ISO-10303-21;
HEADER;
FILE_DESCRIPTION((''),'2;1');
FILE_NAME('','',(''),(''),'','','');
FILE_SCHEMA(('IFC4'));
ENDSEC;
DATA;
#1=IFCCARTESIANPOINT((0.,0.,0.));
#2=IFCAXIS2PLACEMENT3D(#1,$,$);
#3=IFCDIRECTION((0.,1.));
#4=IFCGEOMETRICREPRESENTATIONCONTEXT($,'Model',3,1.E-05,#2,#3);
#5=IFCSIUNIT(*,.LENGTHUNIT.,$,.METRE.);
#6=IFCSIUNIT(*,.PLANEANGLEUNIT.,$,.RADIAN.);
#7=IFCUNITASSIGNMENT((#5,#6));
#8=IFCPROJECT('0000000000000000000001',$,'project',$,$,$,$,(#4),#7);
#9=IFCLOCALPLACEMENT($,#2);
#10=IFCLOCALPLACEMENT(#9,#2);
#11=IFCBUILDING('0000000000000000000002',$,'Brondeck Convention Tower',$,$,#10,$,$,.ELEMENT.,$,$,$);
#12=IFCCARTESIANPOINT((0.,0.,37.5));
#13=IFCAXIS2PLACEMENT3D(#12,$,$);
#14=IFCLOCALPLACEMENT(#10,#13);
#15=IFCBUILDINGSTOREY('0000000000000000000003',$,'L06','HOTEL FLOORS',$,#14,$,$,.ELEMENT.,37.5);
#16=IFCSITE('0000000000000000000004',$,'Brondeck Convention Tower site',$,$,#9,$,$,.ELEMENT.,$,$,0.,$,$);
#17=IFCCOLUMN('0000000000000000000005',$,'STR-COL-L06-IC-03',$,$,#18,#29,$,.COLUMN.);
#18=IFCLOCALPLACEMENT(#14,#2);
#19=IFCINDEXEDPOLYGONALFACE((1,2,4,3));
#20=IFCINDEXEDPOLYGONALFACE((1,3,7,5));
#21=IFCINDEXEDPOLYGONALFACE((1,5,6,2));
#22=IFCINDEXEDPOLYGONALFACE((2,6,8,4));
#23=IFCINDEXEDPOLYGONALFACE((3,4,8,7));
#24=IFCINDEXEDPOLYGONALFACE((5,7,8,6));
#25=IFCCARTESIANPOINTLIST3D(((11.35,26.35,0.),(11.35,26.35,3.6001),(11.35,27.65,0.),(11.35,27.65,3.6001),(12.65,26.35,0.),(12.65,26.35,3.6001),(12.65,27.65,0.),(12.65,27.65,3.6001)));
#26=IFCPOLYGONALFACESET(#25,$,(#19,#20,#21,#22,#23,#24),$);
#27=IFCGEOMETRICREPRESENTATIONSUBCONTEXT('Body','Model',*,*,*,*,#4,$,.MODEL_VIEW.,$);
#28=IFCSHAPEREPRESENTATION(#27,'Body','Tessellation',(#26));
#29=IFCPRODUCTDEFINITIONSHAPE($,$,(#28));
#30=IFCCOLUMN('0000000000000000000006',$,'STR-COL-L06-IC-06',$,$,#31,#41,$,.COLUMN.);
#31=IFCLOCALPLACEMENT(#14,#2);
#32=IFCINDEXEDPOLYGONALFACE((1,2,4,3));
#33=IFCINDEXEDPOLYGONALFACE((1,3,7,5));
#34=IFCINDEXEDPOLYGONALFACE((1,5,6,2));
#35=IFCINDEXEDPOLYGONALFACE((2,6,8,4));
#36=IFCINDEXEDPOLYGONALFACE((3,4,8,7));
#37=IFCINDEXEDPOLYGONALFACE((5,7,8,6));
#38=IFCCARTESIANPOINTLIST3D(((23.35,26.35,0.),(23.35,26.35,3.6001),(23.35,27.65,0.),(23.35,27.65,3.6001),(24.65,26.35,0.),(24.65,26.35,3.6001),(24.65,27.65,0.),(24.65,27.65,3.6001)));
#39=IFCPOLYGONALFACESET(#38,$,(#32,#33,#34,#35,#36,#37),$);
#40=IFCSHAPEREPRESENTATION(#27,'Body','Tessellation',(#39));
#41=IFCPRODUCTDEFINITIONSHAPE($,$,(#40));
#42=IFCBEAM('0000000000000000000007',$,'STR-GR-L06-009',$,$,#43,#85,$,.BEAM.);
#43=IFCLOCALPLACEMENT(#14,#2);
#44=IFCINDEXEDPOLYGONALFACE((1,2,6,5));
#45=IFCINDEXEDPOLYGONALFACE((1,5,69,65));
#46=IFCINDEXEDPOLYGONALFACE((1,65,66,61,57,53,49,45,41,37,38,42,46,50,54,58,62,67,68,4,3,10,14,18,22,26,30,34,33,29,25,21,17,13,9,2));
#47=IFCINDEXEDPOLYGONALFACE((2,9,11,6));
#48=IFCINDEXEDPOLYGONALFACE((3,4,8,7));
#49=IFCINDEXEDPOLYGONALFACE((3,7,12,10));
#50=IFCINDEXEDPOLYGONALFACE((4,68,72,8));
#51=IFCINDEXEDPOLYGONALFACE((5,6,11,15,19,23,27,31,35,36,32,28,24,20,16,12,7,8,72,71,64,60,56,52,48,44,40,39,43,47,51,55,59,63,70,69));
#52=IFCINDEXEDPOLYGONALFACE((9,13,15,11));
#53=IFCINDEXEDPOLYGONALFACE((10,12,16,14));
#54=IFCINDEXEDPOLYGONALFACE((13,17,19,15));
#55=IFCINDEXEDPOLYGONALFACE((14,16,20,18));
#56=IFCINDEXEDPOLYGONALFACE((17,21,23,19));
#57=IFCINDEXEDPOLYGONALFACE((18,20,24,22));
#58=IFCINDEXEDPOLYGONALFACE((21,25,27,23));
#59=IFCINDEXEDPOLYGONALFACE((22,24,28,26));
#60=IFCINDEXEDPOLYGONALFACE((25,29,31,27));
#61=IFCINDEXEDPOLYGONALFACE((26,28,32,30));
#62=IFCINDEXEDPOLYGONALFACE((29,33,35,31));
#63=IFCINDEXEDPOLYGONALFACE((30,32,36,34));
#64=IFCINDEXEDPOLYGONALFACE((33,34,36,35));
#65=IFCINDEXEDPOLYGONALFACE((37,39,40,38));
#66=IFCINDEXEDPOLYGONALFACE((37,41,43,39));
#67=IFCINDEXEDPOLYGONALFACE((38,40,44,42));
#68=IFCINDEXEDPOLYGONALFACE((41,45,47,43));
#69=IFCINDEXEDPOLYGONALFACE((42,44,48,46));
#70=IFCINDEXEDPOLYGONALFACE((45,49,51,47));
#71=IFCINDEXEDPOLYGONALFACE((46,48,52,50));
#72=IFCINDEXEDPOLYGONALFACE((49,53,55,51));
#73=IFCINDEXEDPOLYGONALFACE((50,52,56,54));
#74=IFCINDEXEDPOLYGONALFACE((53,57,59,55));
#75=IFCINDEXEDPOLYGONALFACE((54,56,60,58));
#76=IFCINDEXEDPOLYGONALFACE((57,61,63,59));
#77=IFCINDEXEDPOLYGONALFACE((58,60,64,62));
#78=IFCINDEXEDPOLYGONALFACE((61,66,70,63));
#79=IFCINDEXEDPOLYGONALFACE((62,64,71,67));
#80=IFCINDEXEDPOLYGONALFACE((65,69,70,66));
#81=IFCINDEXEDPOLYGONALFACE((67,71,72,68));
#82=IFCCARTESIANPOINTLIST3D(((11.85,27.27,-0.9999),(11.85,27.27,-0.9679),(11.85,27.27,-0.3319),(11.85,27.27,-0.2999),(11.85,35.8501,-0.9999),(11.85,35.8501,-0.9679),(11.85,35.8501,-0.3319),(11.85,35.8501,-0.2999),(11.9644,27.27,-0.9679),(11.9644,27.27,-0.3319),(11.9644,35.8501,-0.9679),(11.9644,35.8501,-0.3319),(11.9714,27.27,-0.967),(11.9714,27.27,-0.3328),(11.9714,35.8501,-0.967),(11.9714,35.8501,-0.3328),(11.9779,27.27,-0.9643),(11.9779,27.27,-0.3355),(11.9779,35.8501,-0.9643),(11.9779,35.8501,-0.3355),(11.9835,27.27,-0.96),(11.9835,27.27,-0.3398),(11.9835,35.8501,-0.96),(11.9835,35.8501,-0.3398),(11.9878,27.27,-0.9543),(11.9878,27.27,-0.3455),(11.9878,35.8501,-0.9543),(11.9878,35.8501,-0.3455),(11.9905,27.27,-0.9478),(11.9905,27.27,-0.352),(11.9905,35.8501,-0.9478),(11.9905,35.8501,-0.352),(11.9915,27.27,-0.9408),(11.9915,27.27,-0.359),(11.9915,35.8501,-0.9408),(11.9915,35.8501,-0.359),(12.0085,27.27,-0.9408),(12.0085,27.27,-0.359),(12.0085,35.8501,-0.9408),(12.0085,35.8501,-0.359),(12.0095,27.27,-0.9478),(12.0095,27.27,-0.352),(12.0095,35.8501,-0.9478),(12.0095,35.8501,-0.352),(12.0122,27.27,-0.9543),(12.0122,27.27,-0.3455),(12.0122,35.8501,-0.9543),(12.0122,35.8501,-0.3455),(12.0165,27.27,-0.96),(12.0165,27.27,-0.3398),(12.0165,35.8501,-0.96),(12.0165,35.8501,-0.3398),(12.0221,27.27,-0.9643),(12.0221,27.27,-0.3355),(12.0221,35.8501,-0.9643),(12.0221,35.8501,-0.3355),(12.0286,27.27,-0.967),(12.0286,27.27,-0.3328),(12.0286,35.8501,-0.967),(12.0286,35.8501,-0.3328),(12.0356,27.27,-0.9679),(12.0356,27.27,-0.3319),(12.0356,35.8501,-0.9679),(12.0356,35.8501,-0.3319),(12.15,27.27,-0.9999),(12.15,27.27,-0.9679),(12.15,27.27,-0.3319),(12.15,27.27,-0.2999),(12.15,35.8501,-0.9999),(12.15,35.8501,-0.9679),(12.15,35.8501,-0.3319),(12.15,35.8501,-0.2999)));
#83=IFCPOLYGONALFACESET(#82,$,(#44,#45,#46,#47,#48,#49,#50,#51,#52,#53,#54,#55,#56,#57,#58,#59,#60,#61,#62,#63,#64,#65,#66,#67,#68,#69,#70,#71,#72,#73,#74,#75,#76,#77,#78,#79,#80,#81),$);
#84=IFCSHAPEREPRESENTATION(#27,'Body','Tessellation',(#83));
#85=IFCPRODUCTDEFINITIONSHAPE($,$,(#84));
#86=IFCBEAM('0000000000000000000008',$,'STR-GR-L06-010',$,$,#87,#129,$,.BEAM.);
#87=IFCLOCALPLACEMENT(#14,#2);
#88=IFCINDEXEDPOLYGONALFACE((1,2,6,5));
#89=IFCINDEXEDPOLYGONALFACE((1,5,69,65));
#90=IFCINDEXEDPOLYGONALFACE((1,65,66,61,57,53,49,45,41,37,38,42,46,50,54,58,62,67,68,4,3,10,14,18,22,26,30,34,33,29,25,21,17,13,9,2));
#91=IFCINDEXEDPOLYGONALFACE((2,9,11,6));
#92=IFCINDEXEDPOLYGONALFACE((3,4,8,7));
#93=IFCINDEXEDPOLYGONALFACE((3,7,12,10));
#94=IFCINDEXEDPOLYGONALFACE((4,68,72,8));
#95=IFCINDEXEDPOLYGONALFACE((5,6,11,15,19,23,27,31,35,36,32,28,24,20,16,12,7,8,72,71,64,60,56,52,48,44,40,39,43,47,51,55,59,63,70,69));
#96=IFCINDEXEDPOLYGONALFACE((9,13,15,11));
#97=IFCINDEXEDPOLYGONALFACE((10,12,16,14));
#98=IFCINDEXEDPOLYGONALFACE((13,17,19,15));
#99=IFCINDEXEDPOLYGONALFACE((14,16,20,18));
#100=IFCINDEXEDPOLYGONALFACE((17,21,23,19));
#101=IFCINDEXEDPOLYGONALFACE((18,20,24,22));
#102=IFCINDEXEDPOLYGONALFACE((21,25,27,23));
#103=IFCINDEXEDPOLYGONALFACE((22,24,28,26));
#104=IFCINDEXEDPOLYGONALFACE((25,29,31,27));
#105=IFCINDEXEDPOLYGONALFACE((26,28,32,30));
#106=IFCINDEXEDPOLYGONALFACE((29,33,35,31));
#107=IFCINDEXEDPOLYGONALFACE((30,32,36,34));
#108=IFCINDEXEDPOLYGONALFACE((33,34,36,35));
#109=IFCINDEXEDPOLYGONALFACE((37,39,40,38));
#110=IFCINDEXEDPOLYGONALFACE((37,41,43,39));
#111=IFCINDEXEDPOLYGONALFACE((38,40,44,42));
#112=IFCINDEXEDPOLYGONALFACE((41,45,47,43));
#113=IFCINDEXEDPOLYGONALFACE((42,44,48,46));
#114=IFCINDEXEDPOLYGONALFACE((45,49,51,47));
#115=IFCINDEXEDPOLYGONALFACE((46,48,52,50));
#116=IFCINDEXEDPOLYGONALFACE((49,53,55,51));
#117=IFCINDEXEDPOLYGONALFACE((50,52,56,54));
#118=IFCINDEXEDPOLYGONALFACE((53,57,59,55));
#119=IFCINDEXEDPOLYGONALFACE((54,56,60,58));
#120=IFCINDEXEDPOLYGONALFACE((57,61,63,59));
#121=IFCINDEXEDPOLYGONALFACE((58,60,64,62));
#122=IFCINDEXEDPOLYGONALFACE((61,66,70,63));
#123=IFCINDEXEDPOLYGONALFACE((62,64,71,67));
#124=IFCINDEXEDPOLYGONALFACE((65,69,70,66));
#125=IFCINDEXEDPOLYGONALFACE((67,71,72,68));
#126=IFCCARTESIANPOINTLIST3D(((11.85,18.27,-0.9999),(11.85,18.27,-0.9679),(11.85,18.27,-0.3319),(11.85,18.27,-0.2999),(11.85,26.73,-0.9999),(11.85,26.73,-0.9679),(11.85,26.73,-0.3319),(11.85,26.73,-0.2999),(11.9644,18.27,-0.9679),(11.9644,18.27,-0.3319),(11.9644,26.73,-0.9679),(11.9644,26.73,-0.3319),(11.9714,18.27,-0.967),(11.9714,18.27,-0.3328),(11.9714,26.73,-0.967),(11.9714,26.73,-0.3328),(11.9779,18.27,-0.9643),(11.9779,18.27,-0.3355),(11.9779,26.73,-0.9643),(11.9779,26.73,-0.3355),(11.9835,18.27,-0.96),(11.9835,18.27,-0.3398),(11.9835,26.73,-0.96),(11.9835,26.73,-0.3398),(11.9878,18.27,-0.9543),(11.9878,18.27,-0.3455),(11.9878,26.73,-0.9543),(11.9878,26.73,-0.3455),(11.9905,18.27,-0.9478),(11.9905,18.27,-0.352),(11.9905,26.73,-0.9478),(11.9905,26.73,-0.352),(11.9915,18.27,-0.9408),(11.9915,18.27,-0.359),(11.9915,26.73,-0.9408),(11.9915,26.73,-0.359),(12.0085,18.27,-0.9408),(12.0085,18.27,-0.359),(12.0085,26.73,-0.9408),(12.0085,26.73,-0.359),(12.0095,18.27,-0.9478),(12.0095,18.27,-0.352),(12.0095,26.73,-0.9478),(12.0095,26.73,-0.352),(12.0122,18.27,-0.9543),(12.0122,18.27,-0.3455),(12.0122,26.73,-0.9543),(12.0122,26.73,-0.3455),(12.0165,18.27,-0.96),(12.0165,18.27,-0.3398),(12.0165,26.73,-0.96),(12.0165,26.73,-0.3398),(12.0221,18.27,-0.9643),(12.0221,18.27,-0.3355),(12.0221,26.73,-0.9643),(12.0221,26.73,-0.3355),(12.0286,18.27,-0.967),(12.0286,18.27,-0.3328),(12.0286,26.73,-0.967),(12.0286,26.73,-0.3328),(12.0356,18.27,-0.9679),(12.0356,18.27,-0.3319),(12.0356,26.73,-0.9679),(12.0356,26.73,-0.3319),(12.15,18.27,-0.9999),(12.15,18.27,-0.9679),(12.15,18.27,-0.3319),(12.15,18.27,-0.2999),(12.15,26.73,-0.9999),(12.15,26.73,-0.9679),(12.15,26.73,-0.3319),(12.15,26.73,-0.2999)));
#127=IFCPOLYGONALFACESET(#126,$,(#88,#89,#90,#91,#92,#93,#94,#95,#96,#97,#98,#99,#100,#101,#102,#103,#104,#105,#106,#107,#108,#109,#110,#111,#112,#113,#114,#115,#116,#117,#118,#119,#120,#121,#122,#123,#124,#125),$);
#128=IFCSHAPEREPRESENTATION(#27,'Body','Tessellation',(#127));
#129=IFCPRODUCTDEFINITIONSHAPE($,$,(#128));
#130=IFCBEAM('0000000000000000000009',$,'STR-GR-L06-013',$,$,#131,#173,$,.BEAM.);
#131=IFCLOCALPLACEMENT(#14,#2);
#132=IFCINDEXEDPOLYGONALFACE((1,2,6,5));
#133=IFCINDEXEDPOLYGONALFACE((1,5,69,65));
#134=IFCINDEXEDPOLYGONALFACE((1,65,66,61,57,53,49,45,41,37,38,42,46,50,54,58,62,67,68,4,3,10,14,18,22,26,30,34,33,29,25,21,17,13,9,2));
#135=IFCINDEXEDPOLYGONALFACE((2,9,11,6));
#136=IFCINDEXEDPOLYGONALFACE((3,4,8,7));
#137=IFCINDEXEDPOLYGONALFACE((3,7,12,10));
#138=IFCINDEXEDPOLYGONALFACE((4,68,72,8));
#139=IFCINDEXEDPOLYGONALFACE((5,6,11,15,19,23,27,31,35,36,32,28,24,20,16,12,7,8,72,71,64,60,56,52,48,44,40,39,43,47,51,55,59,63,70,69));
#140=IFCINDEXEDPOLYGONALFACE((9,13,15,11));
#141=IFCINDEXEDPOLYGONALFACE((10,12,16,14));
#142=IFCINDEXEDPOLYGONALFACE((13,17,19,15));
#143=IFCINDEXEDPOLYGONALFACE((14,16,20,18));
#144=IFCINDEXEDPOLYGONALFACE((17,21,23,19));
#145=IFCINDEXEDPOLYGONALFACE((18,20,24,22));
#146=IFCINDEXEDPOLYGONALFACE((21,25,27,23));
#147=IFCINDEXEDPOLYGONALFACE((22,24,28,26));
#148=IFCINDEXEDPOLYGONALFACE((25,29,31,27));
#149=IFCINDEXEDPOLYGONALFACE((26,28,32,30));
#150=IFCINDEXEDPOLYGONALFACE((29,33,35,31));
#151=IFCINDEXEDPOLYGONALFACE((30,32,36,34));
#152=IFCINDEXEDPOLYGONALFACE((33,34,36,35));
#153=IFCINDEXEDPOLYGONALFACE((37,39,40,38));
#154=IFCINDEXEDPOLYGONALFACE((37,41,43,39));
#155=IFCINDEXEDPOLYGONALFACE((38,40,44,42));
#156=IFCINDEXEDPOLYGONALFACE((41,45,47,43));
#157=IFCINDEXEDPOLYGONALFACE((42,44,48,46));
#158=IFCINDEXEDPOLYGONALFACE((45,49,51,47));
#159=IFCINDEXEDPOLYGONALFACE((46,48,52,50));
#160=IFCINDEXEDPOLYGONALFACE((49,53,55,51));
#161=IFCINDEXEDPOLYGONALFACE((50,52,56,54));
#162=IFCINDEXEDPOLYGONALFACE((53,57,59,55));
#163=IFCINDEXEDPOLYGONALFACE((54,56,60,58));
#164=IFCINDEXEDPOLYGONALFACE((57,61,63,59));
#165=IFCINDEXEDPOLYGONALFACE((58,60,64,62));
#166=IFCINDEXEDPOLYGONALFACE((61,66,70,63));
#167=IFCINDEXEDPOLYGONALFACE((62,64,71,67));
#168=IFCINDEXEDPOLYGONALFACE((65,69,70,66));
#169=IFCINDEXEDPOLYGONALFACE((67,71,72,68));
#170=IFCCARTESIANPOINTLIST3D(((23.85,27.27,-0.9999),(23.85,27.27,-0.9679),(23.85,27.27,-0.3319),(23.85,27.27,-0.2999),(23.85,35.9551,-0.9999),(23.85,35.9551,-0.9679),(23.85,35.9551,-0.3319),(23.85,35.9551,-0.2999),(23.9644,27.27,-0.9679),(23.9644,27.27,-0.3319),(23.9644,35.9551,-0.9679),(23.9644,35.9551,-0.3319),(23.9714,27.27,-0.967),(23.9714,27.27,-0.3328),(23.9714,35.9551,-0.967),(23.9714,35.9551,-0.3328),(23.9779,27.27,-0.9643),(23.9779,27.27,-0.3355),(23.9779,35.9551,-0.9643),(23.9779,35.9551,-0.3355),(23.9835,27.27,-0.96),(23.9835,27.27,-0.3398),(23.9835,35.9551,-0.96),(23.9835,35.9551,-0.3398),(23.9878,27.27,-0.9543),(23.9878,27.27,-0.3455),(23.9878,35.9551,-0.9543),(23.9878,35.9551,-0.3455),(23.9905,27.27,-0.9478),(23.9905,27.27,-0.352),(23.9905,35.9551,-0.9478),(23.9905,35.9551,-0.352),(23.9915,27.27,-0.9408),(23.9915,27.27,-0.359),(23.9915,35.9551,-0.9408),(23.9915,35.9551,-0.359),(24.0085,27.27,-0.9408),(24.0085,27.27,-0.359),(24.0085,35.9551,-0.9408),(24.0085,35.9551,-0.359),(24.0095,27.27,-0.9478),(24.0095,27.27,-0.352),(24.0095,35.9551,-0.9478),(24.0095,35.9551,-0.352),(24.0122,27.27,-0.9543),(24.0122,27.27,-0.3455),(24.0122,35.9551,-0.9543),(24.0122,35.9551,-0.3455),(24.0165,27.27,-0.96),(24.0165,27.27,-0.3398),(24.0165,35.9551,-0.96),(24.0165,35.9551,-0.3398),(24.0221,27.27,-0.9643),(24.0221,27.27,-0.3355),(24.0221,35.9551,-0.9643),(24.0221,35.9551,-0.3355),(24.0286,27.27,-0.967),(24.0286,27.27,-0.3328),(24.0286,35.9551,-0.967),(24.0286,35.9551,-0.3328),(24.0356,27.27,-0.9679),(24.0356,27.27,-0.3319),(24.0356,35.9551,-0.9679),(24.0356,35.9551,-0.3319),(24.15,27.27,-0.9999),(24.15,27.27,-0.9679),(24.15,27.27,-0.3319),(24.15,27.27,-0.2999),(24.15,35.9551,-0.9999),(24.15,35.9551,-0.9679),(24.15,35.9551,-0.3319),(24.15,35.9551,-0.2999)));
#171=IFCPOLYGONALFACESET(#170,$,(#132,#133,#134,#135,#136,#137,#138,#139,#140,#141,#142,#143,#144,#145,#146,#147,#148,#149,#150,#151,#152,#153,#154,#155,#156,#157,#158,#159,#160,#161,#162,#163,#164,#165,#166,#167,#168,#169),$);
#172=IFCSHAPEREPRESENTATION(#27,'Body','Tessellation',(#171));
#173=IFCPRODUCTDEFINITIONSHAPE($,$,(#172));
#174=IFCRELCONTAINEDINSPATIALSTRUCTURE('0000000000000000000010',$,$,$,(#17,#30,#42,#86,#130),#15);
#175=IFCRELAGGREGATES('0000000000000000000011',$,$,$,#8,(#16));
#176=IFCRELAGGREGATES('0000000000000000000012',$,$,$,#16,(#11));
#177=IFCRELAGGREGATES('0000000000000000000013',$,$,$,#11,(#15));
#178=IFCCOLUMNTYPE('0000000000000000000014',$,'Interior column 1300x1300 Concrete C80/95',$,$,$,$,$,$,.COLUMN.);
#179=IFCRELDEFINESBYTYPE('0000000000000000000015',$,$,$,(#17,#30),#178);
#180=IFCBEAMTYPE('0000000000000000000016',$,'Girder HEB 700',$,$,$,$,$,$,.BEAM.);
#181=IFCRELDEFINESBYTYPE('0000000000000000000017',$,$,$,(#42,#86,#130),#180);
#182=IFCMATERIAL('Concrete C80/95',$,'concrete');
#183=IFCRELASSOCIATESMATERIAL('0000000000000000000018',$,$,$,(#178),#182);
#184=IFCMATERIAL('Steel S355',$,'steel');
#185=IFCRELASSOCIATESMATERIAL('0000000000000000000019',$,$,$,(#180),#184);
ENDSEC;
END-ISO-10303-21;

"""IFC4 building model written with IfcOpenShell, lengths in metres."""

from ifc_helpers import new_model, si_unit, direction, frame, origin, origin_2d, place, context, subcontext, project, spatial, rectangle, i_section, extrude, material, material_profile, profile_set, type_object, element, save


model = new_model("IFC4")

# Units and contexts
model_context = context("Model", 3, precision=1e-05, world=origin(), true_north=direction((0.0, 1.0)))
body_context = subcontext(model_context, "Body", "Model", "MODEL_VIEW")
ifc_project = project(units=[si_unit("LENGTHUNIT", "METRE"), si_unit("PLANEANGLEUNIT", "RADIAN")], contexts=[model_context])

# Site, building, storey
site_placement = place(None, origin())
site = spatial("IfcSite", under=ifc_project, at=site_placement, Name="Brondeck Convention Tower site", CompositionType="ELEMENT", RefElevation=0.0)
building_placement = place(site_placement, origin())
building = spatial("IfcBuilding", under=site, at=building_placement, Name="Brondeck Convention Tower", CompositionType="ELEMENT")
storey_placement = place(building_placement, frame((0.0, 0.0, 37.5)))
storey = spatial("IfcBuildingStorey", under=building, at=storey_placement, Name="L06", Description="HOTEL FLOORS", CompositionType="ELEMENT", Elevation=37.5)

# Columns
ifc_material_1 = material(Name="Concrete C80/95", Category="concrete")
ifc_material_profile_1 = material_profile(ifc_material_1, rectangle(XDim=1.3, YDim=1.3, at=origin_2d()), Name="Interior column 1300x1300 Concrete C80/95")
ifc_profile_set_1 = profile_set([ifc_material_profile_1], Name="Concrete C80/95")
column_type = type_object("IfcColumnType", Name="Interior column 1300x1300 Concrete C80/95", PredefinedType="COLUMN", material=ifc_profile_set_1)
for number, where, z_axis, x_axis, name in (
    (1, (12.0, 27.0, 0.0), (0.0, 0.0, 1.0), (1.0, 0.0, 0.0), "STR-COL-L06-IC-03"),
    (2, (24.0, 27.0, 0.0), (0.0, 0.0, 1.0), (1.0, 0.0, 0.0), "STR-COL-L06-IC-06"),
):
    element("IfcColumn", number, at=place(storey_placement, frame(where, z_axis=z_axis, x_axis=x_axis)), inside=storey, type_object=column_type, Name=name, PredefinedType="COLUMN", context=body_context, shape_type="SweptSolid", body=[
        extrude(rectangle(XDim=1.3, YDim=1.3, at=origin_2d()), origin(), (0.0, 0.0, 1.0), 3.6001),
    ])

# Beams
ifc_material_2 = material(Name="Steel S355", Category="steel")
ifc_material_profile_2 = material_profile(ifc_material_2, i_section(OverallWidth=0.3, OverallDepth=0.7, WebThickness=0.0171, FlangeThickness=0.032, FilletRadius=0.0271, at=origin_2d()), Name="HEB 700")
ifc_profile_set_2 = profile_set([ifc_material_profile_2], Name="Steel S355")
beam_type = type_object("IfcBeamType", Name="Girder HEB 700", PredefinedType="BEAM", material=ifc_profile_set_2)
beam_1_placement = place(storey_placement, frame((12.0, 35.8501, -0.6499), z_axis=(0.0, -1.0, 0.0), x_axis=(1.0, 0.0, 0.0)))
element("IfcBeam", 3, at=beam_1_placement, inside=storey, type_object=beam_type, Name="STR-GR-L06-009", PredefinedType="BEAM", context=body_context, shape_type="SweptSolid", body=[
    extrude(i_section(OverallWidth=0.3, OverallDepth=0.7, WebThickness=0.0171, FlangeThickness=0.032, FilletRadius=0.0271, at=origin_2d()), origin(), (0.0, 0.0, 1.0), 8.5801),
])
beam_2_placement = place(storey_placement, frame((12.0, 26.73, -0.6499), z_axis=(0.0, -1.0, 0.0), x_axis=(1.0, 0.0, 0.0)))
element("IfcBeam", 4, at=beam_2_placement, inside=storey, type_object=beam_type, Name="STR-GR-L06-010", PredefinedType="BEAM", context=body_context, shape_type="SweptSolid", body=[
    extrude(i_section(OverallWidth=0.3, OverallDepth=0.7, WebThickness=0.0171, FlangeThickness=0.032, FilletRadius=0.0271, at=origin_2d()), origin(), (0.0, 0.0, 1.0), 8.46),
])
beam_3_placement = place(storey_placement, frame((24.0, 35.9551, -0.6499), z_axis=(0.0, -1.0, 0.0), x_axis=(1.0, 0.0, 0.0)))
element("IfcBeam", 5, at=beam_3_placement, inside=storey, type_object=beam_type, Name="STR-GR-L06-013", PredefinedType="BEAM", context=body_context, shape_type="SweptSolid", body=[
    extrude(i_section(OverallWidth=0.3, OverallDepth=0.7, WebThickness=0.0171, FlangeThickness=0.032, FilletRadius=0.0271, at=origin_2d()), origin(), (0.0, 0.0, 1.0), 8.6851),
])

save(model, "model.ifc")
